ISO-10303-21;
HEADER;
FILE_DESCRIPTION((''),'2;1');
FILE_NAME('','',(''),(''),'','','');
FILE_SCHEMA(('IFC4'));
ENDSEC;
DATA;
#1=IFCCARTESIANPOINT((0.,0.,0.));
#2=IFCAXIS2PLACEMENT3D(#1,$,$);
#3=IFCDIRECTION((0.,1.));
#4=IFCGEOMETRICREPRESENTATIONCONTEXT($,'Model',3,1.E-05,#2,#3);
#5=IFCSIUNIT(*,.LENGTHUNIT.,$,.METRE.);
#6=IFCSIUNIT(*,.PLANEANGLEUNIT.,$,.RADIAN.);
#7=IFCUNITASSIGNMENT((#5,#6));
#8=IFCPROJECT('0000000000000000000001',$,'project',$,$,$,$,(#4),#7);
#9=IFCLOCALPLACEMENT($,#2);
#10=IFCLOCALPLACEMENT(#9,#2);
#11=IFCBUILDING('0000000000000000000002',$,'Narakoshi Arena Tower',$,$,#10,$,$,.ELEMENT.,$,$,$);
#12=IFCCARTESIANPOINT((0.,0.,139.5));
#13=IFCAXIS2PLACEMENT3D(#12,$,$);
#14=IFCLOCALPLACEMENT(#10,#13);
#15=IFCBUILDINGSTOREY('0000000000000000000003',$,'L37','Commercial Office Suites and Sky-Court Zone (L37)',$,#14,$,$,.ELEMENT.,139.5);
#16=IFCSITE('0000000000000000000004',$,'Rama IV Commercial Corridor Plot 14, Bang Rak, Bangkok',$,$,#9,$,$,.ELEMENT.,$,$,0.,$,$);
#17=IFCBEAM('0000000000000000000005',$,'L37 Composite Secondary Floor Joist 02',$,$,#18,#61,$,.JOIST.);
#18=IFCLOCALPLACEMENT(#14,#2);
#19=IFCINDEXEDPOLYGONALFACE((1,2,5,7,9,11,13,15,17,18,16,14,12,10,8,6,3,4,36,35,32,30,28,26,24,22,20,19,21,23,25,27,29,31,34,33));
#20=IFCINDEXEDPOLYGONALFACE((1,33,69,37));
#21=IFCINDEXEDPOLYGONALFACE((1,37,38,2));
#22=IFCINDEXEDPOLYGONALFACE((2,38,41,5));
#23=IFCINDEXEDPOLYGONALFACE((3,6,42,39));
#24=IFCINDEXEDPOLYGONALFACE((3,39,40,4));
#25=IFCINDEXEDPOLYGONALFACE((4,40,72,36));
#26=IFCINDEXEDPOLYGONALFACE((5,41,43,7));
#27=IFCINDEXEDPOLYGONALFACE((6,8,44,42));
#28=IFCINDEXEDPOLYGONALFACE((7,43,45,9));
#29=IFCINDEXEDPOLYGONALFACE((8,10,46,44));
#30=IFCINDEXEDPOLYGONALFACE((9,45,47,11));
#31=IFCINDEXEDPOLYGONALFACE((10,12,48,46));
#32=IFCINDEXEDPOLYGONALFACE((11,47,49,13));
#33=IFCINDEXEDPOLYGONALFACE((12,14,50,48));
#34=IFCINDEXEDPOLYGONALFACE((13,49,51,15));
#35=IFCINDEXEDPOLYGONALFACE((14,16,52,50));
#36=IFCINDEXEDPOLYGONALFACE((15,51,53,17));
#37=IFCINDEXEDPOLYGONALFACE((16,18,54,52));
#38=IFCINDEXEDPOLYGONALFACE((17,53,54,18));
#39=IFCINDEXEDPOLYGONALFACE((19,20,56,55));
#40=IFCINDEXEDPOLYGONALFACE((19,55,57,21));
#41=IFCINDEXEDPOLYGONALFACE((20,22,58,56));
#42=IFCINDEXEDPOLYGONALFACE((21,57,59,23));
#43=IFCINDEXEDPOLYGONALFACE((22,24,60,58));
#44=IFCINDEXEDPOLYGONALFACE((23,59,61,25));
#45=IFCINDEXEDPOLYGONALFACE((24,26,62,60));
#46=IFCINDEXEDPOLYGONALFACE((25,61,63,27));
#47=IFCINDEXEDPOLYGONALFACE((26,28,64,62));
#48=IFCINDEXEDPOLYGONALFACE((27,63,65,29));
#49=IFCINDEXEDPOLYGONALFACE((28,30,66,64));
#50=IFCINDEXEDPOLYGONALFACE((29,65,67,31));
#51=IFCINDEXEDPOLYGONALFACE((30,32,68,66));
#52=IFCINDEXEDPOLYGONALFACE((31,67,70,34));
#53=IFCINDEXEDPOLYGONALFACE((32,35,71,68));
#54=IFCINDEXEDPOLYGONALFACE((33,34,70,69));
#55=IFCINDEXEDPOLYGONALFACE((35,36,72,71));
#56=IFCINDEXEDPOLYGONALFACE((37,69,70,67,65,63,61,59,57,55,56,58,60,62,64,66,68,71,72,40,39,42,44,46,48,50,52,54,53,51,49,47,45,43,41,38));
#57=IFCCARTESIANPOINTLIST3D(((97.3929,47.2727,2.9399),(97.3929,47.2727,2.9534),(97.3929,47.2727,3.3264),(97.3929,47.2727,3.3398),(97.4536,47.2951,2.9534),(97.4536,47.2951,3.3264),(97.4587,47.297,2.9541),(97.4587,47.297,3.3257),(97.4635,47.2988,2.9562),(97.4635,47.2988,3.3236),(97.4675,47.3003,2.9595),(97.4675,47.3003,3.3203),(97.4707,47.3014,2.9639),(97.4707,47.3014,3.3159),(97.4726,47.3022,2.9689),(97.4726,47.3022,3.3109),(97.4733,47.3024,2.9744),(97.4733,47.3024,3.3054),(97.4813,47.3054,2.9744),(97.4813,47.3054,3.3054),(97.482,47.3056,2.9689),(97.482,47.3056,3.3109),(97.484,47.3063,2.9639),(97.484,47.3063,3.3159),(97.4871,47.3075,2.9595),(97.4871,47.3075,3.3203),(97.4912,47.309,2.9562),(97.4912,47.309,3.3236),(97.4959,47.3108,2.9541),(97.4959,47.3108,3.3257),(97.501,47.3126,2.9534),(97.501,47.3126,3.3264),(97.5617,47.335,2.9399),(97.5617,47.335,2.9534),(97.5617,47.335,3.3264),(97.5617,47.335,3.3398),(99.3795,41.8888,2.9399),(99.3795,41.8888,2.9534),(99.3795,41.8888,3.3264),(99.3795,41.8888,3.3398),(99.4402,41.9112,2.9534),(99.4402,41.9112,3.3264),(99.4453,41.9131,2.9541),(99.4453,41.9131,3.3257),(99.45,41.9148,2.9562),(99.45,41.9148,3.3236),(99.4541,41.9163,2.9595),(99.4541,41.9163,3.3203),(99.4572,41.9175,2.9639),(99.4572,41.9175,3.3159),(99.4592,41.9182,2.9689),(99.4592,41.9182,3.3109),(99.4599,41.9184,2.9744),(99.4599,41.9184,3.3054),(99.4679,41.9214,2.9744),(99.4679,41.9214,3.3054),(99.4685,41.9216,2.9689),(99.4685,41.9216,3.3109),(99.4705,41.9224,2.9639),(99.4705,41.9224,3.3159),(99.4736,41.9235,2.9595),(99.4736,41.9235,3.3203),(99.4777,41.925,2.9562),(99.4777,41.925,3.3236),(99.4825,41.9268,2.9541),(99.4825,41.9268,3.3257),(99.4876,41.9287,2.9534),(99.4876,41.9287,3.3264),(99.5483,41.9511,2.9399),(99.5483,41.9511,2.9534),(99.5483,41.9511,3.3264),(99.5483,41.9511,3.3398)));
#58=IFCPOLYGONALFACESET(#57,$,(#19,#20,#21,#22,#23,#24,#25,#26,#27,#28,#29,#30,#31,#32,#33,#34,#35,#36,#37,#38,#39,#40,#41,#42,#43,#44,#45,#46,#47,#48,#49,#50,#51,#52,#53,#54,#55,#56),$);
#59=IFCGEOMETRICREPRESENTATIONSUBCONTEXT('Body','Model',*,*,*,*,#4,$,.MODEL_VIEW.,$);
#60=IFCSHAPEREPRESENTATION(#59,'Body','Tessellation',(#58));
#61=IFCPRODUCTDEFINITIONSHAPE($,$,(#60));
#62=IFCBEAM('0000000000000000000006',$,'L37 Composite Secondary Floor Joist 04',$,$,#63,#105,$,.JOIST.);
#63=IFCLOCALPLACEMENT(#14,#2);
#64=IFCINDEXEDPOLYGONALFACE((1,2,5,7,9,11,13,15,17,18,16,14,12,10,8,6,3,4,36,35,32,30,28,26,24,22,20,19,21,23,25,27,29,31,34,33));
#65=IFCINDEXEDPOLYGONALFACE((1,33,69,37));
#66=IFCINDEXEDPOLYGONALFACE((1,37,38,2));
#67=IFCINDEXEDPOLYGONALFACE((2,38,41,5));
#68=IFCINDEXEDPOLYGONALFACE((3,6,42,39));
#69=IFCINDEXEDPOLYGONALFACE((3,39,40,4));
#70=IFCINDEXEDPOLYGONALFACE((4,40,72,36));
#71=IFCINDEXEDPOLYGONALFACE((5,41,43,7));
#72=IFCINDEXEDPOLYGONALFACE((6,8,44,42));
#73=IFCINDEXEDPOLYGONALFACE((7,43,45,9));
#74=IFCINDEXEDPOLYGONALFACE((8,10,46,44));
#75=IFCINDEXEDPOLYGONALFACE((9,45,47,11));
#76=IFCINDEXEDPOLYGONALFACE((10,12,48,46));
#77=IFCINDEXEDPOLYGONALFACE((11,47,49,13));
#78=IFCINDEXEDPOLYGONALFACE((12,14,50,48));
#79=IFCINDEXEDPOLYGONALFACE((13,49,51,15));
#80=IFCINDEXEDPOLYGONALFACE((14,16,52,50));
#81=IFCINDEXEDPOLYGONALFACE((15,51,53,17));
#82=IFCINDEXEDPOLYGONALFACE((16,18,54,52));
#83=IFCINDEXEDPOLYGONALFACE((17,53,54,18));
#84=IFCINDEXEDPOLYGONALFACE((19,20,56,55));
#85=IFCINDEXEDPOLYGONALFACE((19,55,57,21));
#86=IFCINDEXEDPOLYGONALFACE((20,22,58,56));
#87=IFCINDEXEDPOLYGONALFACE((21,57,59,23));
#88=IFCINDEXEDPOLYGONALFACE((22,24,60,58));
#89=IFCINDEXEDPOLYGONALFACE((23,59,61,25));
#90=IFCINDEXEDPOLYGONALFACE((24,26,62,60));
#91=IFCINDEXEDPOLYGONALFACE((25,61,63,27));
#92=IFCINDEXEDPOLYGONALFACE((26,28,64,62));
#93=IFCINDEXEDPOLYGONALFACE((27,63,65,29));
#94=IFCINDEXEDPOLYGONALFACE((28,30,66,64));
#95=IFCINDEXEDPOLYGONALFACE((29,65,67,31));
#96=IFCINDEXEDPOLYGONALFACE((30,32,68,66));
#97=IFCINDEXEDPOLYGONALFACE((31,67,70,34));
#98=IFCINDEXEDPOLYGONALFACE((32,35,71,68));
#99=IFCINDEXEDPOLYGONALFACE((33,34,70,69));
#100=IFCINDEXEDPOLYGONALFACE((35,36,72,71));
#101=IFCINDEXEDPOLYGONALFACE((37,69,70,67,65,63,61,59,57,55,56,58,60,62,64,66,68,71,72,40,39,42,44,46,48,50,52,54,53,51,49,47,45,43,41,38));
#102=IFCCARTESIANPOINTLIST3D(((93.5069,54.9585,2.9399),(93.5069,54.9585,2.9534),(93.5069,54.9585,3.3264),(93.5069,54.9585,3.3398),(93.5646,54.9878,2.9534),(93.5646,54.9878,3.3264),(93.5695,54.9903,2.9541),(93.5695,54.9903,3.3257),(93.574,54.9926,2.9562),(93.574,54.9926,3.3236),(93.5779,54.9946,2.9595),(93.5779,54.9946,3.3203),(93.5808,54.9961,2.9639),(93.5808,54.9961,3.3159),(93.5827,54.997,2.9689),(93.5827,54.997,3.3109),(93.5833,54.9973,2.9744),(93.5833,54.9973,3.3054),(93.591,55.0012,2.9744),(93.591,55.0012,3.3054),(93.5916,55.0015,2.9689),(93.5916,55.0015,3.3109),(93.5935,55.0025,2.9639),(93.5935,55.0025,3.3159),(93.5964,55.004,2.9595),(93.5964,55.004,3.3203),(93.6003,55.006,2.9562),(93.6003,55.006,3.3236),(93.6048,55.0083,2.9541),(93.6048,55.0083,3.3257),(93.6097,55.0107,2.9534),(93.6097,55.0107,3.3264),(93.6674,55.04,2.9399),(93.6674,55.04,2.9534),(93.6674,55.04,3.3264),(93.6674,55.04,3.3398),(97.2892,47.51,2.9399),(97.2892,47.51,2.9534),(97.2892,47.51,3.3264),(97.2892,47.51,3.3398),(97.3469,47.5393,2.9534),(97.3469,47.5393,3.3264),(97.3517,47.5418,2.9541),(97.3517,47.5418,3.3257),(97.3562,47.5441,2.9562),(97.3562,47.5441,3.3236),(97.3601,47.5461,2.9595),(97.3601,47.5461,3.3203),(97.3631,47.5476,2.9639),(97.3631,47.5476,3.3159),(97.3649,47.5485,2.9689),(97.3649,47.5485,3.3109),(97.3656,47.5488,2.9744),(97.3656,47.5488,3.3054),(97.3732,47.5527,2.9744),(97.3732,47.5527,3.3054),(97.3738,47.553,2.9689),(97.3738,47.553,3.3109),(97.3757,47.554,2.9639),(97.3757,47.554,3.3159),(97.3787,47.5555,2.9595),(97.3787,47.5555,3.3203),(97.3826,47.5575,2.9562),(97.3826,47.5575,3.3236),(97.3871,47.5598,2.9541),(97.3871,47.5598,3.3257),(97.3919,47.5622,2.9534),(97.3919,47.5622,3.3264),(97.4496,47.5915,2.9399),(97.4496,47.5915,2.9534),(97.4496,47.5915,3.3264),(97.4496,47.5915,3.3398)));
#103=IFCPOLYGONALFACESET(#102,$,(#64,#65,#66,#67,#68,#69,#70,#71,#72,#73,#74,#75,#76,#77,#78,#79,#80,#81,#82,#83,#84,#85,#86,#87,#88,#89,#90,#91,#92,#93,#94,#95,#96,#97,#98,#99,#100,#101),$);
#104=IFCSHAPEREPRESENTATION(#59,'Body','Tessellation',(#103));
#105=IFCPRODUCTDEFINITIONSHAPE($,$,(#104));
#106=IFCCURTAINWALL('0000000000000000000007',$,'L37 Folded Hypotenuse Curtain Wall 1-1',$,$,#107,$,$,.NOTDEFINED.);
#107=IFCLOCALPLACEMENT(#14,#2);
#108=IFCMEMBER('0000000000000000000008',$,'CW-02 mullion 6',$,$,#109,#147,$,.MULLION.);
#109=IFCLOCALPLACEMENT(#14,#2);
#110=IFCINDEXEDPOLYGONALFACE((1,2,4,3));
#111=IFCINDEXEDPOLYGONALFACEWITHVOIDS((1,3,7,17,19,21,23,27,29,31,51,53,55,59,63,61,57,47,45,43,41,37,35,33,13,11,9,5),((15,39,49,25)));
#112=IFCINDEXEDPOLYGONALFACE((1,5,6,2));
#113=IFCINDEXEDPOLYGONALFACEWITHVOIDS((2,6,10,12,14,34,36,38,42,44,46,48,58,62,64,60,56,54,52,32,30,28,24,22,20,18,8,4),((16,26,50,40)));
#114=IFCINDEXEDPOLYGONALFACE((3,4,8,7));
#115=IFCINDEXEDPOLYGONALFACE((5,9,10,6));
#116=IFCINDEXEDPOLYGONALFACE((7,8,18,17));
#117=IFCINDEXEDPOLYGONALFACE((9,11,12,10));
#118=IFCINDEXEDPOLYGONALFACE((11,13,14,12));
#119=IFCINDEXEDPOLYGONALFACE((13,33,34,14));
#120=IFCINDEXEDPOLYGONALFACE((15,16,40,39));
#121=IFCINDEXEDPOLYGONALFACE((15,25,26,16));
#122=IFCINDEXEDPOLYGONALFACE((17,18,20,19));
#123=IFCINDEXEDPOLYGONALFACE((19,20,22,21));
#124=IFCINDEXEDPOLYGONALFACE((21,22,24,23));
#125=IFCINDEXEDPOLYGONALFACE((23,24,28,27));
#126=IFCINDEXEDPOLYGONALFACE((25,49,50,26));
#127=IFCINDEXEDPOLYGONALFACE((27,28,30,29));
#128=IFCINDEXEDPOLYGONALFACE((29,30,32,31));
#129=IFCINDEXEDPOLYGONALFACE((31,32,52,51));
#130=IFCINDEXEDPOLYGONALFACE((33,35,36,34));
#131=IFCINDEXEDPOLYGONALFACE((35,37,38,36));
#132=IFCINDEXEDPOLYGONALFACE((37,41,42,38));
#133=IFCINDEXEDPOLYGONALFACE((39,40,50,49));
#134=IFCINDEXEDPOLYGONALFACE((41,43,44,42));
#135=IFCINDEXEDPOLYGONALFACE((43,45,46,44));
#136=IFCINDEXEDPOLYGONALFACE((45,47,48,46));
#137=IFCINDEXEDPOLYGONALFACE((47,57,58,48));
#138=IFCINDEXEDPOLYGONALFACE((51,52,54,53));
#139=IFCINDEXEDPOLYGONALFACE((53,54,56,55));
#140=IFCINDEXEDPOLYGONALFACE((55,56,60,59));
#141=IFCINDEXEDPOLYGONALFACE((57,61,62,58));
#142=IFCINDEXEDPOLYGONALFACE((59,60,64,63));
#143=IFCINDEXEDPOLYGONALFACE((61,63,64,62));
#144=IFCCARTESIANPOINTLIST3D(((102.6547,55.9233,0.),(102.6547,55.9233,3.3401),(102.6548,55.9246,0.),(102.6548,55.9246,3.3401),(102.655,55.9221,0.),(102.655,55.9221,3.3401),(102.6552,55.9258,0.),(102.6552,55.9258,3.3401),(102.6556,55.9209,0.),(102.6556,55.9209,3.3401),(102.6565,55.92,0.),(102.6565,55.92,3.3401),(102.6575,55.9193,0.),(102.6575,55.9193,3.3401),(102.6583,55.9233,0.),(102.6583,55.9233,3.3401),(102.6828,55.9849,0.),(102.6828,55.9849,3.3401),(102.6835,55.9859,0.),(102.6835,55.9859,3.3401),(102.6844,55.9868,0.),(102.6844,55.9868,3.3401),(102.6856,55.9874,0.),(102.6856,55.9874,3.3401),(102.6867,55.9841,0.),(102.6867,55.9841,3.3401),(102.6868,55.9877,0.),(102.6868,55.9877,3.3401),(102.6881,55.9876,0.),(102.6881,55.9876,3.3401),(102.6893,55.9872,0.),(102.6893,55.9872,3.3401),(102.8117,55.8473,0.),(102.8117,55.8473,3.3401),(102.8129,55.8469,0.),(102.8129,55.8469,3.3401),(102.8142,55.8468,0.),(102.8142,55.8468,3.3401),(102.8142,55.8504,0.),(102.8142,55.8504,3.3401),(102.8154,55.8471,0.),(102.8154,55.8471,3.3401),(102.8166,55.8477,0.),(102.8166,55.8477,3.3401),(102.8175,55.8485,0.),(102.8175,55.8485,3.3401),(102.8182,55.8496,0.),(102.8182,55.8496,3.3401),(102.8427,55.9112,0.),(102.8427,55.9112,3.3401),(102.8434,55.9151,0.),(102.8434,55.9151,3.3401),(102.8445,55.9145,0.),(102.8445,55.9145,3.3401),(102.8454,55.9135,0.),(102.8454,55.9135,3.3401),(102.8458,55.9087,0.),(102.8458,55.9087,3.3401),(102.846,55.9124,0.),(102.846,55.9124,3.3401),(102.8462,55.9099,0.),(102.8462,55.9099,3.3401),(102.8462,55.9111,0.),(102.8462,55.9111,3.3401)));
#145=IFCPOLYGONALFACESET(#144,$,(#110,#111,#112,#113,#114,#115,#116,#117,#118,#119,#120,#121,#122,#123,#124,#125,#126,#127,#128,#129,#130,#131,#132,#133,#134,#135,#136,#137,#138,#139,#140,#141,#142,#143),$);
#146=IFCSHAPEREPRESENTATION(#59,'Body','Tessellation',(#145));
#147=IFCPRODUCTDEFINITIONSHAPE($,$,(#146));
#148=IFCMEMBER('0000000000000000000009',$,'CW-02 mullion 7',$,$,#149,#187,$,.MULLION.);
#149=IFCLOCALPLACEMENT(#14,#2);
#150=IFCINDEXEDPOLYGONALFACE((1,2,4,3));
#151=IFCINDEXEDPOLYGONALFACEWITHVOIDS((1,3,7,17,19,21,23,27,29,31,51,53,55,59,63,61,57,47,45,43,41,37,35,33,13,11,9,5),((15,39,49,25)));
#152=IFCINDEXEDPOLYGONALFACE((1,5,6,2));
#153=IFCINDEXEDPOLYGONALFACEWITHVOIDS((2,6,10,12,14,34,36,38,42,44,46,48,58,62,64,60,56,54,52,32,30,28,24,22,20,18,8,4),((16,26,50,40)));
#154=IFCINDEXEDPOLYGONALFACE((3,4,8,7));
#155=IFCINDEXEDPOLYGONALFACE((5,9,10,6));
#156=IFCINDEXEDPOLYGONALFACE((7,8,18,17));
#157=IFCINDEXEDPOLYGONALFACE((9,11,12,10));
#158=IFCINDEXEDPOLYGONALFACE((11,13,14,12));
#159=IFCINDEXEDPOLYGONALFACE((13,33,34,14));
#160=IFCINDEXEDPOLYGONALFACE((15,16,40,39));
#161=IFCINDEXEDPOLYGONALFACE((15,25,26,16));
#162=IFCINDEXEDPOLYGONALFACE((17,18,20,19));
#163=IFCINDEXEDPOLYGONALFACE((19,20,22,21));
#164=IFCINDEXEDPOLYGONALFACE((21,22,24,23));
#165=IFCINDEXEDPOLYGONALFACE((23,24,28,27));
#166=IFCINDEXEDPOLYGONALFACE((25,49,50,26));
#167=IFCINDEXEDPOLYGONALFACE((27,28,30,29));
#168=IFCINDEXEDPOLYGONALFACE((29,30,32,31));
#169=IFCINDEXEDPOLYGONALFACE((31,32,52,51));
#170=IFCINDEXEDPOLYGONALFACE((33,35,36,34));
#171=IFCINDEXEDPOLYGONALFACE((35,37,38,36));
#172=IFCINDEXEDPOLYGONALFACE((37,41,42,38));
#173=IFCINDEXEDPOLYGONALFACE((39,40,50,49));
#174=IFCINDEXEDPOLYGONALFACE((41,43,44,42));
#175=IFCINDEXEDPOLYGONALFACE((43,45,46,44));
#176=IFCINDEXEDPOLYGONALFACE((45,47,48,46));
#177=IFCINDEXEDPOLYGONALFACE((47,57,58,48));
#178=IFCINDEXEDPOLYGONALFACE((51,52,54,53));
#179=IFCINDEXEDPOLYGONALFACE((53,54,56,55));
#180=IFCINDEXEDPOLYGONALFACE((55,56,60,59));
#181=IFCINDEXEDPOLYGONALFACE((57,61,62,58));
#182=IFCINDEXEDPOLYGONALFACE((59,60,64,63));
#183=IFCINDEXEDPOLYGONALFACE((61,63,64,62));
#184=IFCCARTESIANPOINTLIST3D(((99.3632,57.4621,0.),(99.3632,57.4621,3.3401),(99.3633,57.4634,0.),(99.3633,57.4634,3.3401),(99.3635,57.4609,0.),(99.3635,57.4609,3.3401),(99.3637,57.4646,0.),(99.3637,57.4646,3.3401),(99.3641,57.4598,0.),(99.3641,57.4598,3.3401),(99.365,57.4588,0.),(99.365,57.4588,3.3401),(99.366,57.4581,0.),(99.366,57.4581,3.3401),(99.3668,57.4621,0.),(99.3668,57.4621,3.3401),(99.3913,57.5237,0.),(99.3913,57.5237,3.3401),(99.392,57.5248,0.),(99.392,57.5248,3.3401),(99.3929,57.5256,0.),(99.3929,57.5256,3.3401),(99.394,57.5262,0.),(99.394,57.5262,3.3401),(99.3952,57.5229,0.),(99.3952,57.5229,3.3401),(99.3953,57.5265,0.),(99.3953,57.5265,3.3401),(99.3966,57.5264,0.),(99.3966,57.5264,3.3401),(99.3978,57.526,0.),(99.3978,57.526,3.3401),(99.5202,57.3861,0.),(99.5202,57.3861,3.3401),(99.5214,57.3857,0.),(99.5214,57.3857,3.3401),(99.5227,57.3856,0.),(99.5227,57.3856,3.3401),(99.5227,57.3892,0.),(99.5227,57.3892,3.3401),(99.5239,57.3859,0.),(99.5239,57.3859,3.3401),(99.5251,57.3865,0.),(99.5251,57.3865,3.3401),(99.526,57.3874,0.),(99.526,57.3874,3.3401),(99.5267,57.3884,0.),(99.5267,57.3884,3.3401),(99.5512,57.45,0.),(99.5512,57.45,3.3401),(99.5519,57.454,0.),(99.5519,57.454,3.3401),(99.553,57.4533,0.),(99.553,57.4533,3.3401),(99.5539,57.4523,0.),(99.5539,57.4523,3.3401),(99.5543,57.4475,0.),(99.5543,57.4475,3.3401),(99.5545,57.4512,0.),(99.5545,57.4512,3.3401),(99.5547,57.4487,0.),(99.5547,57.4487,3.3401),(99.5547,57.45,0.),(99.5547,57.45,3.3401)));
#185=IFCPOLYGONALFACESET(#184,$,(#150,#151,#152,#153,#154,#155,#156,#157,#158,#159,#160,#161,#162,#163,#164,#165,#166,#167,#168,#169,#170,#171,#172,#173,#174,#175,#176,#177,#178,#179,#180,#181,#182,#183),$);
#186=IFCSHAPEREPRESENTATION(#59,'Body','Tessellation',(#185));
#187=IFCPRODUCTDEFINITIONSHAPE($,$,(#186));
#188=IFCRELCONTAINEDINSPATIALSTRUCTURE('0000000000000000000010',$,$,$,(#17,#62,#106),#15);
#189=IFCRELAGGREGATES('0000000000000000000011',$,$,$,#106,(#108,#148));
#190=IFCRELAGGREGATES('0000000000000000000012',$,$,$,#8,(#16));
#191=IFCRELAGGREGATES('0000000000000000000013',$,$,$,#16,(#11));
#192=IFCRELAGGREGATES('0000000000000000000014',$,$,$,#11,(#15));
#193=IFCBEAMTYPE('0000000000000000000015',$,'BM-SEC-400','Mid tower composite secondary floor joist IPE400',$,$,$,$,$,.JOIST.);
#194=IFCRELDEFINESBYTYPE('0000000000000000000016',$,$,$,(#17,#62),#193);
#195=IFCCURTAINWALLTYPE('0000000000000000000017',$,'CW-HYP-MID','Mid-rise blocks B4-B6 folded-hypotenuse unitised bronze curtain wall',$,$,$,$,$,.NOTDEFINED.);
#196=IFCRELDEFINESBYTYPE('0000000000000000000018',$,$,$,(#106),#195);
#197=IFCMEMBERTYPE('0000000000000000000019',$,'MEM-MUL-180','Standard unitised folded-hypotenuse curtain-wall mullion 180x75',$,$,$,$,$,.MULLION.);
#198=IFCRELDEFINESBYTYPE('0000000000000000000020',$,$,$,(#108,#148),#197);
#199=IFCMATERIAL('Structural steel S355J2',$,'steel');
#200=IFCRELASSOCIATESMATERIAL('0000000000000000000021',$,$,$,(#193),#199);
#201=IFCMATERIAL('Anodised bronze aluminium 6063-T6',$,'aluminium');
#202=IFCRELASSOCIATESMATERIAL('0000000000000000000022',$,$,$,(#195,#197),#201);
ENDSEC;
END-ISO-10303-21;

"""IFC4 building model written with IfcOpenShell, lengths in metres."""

from ifc_helpers import new_model, si_unit, direction, frame, origin, origin_2d, place, context, subcontext, project, spatial, hollow_rectangle, i_section, extrude, material, material_profile, profile_set, type_object, element, aggregate, save


model = new_model("IFC4")

# Units and contexts
model_context = context("Model", 3, precision=1e-05, world=origin(), true_north=direction((0.0, 1.0)))
body_context = subcontext(model_context, "Body", "Model", "MODEL_VIEW")
ifc_project = project(units=[si_unit("LENGTHUNIT", "METRE"), si_unit("PLANEANGLEUNIT", "RADIAN")], contexts=[model_context])

# Site, building, storey
site_placement = place(None, origin())
site = spatial("IfcSite", under=ifc_project, at=site_placement, Name="Rama IV Commercial Corridor Plot 14, Bang Rak, Bangkok", CompositionType="ELEMENT", RefElevation=0.0)
building_placement = place(site_placement, origin())
building = spatial("IfcBuilding", under=site, at=building_placement, Name="Narakoshi Arena Tower", CompositionType="ELEMENT")
storey_placement = place(building_placement, frame((0.0, 0.0, 139.5)))
storey = spatial("IfcBuildingStorey", under=building, at=storey_placement, Name="L37", Description="Commercial Office Suites and Sky-Court Zone (L37)", CompositionType="ELEMENT", Elevation=139.5)

# Beams
ifc_material_1 = material(Name="Structural steel S355J2", Category="steel")
ifc_material_profile_1 = material_profile(ifc_material_1, i_section(OverallWidth=0.1799, OverallDepth=0.3999, WebThickness=0.0085, FlangeThickness=0.0134, FilletRadius=0.021, at=origin_2d()), Name="IPE400")
ifc_profile_set_1 = profile_set([ifc_material_profile_1], Name="Structural steel S355J2")
beam_type_1 = type_object("IfcBeamType", Name="BM-SEC-400", Description="Mid tower composite secondary floor joist IPE400", PredefinedType="JOIST", material=ifc_profile_set_1)
beam_1_placement = place(storey_placement, frame((99.4639, 41.9199, 3.1399), z_axis=(-0.346163, 0.938174, 0.0), x_axis=(-0.938174, -0.346163, 0.0)))
element("IfcBeam", 1, at=beam_1_placement, inside=storey, type_object=beam_type_1, Name="L37 Composite Secondary Floor Joist 02", PredefinedType="JOIST", context=body_context, shape_type="SweptSolid", body=[
    extrude(i_section(OverallWidth=0.1799, OverallDepth=0.3999, WebThickness=0.0085, FlangeThickness=0.0134, FilletRadius=0.021, at=origin_2d()), origin(), (0.0, 0.0, 1.0), 5.7388),
])
beam_2_placement = place(storey_placement, frame((97.3694, 47.5508, 3.1399), z_axis=(-0.452758, 0.891634, 0.0), x_axis=(-0.891634, -0.452758, 0.0)))
element("IfcBeam", 2, at=beam_2_placement, inside=storey, type_object=beam_type_1, Name="L37 Composite Secondary Floor Joist 04", PredefinedType="JOIST", context=body_context, shape_type="SweptSolid", body=[
    extrude(i_section(OverallWidth=0.1799, OverallDepth=0.3999, WebThickness=0.0085, FlangeThickness=0.0134, FilletRadius=0.021, at=origin_2d()), origin(), (0.0, 0.0, 1.0), 8.3538),
])

# Curtain wall, members
ifc_material_2 = material(Name="Anodised bronze aluminium 6063-T6", Category="aluminium")
curtain_wall_type = type_object("IfcCurtainWallType", Name="CW-HYP-MID", Description="Mid-rise blocks B4-B6 folded-hypotenuse unitised bronze curtain wall", PredefinedType="NOTDEFINED", material=ifc_material_2)
curtain_wall_placement = place(storey_placement, origin())
curtain_wall = element("IfcCurtainWall", 3, at=curtain_wall_placement, inside=storey, type_object=curtain_wall_type, Name="L37 Folded Hypotenuse Curtain Wall 1-1", PredefinedType="NOTDEFINED")
ifc_material_profile_2 = material_profile(ifc_material_2, hollow_rectangle(XDim=0.075, YDim=0.1799, WallThickness=0.0039, OuterFilletRadius=0.0049, at=origin_2d()), Name="MUL180x75x4")
ifc_profile_set_2 = profile_set([ifc_material_profile_2], Name="Anodised bronze aluminium 6063-T6")
member_type_1 = type_object("IfcMemberType", Name="MEM-MUL-180", Description="Standard unitised folded-hypotenuse curtain-wall mullion 180x75", PredefinedType="MULLION", material=ifc_profile_set_2)
member_1_placement = place(storey_placement, frame((102.7505, 55.9172, 0.0), z_axis=(0.0, 0.0, 1.0), x_axis=(-0.423532, -0.905881, 0.0)))
member_1 = element("IfcMember", 4, at=member_1_placement, type_object=member_type_1, Name="CW-02 mullion 6", PredefinedType="MULLION", context=body_context, shape_type="SweptSolid", body=[
    extrude(hollow_rectangle(XDim=0.075, YDim=0.1799, WallThickness=0.0039, OuterFilletRadius=0.0049, at=origin_2d()), origin(), (0.0, 0.0, 1.0), 3.3401),
])
member_2_placement = place(storey_placement, frame((99.459, 57.4561, 0.0), z_axis=(0.0, 0.0, 1.0), x_axis=(-0.423532, -0.905881, 0.0)))
member_2 = element("IfcMember", 5, at=member_2_placement, type_object=member_type_1, Name="CW-02 mullion 7", PredefinedType="MULLION", context=body_context, shape_type="SweptSolid", body=[
    extrude(hollow_rectangle(XDim=0.075, YDim=0.1799, WallThickness=0.0039, OuterFilletRadius=0.0049, at=origin_2d()), origin(), (0.0, 0.0, 1.0), 3.3401),
])
aggregate(curtain_wall, [member_1, member_2])

save(model, "model.ifc")
